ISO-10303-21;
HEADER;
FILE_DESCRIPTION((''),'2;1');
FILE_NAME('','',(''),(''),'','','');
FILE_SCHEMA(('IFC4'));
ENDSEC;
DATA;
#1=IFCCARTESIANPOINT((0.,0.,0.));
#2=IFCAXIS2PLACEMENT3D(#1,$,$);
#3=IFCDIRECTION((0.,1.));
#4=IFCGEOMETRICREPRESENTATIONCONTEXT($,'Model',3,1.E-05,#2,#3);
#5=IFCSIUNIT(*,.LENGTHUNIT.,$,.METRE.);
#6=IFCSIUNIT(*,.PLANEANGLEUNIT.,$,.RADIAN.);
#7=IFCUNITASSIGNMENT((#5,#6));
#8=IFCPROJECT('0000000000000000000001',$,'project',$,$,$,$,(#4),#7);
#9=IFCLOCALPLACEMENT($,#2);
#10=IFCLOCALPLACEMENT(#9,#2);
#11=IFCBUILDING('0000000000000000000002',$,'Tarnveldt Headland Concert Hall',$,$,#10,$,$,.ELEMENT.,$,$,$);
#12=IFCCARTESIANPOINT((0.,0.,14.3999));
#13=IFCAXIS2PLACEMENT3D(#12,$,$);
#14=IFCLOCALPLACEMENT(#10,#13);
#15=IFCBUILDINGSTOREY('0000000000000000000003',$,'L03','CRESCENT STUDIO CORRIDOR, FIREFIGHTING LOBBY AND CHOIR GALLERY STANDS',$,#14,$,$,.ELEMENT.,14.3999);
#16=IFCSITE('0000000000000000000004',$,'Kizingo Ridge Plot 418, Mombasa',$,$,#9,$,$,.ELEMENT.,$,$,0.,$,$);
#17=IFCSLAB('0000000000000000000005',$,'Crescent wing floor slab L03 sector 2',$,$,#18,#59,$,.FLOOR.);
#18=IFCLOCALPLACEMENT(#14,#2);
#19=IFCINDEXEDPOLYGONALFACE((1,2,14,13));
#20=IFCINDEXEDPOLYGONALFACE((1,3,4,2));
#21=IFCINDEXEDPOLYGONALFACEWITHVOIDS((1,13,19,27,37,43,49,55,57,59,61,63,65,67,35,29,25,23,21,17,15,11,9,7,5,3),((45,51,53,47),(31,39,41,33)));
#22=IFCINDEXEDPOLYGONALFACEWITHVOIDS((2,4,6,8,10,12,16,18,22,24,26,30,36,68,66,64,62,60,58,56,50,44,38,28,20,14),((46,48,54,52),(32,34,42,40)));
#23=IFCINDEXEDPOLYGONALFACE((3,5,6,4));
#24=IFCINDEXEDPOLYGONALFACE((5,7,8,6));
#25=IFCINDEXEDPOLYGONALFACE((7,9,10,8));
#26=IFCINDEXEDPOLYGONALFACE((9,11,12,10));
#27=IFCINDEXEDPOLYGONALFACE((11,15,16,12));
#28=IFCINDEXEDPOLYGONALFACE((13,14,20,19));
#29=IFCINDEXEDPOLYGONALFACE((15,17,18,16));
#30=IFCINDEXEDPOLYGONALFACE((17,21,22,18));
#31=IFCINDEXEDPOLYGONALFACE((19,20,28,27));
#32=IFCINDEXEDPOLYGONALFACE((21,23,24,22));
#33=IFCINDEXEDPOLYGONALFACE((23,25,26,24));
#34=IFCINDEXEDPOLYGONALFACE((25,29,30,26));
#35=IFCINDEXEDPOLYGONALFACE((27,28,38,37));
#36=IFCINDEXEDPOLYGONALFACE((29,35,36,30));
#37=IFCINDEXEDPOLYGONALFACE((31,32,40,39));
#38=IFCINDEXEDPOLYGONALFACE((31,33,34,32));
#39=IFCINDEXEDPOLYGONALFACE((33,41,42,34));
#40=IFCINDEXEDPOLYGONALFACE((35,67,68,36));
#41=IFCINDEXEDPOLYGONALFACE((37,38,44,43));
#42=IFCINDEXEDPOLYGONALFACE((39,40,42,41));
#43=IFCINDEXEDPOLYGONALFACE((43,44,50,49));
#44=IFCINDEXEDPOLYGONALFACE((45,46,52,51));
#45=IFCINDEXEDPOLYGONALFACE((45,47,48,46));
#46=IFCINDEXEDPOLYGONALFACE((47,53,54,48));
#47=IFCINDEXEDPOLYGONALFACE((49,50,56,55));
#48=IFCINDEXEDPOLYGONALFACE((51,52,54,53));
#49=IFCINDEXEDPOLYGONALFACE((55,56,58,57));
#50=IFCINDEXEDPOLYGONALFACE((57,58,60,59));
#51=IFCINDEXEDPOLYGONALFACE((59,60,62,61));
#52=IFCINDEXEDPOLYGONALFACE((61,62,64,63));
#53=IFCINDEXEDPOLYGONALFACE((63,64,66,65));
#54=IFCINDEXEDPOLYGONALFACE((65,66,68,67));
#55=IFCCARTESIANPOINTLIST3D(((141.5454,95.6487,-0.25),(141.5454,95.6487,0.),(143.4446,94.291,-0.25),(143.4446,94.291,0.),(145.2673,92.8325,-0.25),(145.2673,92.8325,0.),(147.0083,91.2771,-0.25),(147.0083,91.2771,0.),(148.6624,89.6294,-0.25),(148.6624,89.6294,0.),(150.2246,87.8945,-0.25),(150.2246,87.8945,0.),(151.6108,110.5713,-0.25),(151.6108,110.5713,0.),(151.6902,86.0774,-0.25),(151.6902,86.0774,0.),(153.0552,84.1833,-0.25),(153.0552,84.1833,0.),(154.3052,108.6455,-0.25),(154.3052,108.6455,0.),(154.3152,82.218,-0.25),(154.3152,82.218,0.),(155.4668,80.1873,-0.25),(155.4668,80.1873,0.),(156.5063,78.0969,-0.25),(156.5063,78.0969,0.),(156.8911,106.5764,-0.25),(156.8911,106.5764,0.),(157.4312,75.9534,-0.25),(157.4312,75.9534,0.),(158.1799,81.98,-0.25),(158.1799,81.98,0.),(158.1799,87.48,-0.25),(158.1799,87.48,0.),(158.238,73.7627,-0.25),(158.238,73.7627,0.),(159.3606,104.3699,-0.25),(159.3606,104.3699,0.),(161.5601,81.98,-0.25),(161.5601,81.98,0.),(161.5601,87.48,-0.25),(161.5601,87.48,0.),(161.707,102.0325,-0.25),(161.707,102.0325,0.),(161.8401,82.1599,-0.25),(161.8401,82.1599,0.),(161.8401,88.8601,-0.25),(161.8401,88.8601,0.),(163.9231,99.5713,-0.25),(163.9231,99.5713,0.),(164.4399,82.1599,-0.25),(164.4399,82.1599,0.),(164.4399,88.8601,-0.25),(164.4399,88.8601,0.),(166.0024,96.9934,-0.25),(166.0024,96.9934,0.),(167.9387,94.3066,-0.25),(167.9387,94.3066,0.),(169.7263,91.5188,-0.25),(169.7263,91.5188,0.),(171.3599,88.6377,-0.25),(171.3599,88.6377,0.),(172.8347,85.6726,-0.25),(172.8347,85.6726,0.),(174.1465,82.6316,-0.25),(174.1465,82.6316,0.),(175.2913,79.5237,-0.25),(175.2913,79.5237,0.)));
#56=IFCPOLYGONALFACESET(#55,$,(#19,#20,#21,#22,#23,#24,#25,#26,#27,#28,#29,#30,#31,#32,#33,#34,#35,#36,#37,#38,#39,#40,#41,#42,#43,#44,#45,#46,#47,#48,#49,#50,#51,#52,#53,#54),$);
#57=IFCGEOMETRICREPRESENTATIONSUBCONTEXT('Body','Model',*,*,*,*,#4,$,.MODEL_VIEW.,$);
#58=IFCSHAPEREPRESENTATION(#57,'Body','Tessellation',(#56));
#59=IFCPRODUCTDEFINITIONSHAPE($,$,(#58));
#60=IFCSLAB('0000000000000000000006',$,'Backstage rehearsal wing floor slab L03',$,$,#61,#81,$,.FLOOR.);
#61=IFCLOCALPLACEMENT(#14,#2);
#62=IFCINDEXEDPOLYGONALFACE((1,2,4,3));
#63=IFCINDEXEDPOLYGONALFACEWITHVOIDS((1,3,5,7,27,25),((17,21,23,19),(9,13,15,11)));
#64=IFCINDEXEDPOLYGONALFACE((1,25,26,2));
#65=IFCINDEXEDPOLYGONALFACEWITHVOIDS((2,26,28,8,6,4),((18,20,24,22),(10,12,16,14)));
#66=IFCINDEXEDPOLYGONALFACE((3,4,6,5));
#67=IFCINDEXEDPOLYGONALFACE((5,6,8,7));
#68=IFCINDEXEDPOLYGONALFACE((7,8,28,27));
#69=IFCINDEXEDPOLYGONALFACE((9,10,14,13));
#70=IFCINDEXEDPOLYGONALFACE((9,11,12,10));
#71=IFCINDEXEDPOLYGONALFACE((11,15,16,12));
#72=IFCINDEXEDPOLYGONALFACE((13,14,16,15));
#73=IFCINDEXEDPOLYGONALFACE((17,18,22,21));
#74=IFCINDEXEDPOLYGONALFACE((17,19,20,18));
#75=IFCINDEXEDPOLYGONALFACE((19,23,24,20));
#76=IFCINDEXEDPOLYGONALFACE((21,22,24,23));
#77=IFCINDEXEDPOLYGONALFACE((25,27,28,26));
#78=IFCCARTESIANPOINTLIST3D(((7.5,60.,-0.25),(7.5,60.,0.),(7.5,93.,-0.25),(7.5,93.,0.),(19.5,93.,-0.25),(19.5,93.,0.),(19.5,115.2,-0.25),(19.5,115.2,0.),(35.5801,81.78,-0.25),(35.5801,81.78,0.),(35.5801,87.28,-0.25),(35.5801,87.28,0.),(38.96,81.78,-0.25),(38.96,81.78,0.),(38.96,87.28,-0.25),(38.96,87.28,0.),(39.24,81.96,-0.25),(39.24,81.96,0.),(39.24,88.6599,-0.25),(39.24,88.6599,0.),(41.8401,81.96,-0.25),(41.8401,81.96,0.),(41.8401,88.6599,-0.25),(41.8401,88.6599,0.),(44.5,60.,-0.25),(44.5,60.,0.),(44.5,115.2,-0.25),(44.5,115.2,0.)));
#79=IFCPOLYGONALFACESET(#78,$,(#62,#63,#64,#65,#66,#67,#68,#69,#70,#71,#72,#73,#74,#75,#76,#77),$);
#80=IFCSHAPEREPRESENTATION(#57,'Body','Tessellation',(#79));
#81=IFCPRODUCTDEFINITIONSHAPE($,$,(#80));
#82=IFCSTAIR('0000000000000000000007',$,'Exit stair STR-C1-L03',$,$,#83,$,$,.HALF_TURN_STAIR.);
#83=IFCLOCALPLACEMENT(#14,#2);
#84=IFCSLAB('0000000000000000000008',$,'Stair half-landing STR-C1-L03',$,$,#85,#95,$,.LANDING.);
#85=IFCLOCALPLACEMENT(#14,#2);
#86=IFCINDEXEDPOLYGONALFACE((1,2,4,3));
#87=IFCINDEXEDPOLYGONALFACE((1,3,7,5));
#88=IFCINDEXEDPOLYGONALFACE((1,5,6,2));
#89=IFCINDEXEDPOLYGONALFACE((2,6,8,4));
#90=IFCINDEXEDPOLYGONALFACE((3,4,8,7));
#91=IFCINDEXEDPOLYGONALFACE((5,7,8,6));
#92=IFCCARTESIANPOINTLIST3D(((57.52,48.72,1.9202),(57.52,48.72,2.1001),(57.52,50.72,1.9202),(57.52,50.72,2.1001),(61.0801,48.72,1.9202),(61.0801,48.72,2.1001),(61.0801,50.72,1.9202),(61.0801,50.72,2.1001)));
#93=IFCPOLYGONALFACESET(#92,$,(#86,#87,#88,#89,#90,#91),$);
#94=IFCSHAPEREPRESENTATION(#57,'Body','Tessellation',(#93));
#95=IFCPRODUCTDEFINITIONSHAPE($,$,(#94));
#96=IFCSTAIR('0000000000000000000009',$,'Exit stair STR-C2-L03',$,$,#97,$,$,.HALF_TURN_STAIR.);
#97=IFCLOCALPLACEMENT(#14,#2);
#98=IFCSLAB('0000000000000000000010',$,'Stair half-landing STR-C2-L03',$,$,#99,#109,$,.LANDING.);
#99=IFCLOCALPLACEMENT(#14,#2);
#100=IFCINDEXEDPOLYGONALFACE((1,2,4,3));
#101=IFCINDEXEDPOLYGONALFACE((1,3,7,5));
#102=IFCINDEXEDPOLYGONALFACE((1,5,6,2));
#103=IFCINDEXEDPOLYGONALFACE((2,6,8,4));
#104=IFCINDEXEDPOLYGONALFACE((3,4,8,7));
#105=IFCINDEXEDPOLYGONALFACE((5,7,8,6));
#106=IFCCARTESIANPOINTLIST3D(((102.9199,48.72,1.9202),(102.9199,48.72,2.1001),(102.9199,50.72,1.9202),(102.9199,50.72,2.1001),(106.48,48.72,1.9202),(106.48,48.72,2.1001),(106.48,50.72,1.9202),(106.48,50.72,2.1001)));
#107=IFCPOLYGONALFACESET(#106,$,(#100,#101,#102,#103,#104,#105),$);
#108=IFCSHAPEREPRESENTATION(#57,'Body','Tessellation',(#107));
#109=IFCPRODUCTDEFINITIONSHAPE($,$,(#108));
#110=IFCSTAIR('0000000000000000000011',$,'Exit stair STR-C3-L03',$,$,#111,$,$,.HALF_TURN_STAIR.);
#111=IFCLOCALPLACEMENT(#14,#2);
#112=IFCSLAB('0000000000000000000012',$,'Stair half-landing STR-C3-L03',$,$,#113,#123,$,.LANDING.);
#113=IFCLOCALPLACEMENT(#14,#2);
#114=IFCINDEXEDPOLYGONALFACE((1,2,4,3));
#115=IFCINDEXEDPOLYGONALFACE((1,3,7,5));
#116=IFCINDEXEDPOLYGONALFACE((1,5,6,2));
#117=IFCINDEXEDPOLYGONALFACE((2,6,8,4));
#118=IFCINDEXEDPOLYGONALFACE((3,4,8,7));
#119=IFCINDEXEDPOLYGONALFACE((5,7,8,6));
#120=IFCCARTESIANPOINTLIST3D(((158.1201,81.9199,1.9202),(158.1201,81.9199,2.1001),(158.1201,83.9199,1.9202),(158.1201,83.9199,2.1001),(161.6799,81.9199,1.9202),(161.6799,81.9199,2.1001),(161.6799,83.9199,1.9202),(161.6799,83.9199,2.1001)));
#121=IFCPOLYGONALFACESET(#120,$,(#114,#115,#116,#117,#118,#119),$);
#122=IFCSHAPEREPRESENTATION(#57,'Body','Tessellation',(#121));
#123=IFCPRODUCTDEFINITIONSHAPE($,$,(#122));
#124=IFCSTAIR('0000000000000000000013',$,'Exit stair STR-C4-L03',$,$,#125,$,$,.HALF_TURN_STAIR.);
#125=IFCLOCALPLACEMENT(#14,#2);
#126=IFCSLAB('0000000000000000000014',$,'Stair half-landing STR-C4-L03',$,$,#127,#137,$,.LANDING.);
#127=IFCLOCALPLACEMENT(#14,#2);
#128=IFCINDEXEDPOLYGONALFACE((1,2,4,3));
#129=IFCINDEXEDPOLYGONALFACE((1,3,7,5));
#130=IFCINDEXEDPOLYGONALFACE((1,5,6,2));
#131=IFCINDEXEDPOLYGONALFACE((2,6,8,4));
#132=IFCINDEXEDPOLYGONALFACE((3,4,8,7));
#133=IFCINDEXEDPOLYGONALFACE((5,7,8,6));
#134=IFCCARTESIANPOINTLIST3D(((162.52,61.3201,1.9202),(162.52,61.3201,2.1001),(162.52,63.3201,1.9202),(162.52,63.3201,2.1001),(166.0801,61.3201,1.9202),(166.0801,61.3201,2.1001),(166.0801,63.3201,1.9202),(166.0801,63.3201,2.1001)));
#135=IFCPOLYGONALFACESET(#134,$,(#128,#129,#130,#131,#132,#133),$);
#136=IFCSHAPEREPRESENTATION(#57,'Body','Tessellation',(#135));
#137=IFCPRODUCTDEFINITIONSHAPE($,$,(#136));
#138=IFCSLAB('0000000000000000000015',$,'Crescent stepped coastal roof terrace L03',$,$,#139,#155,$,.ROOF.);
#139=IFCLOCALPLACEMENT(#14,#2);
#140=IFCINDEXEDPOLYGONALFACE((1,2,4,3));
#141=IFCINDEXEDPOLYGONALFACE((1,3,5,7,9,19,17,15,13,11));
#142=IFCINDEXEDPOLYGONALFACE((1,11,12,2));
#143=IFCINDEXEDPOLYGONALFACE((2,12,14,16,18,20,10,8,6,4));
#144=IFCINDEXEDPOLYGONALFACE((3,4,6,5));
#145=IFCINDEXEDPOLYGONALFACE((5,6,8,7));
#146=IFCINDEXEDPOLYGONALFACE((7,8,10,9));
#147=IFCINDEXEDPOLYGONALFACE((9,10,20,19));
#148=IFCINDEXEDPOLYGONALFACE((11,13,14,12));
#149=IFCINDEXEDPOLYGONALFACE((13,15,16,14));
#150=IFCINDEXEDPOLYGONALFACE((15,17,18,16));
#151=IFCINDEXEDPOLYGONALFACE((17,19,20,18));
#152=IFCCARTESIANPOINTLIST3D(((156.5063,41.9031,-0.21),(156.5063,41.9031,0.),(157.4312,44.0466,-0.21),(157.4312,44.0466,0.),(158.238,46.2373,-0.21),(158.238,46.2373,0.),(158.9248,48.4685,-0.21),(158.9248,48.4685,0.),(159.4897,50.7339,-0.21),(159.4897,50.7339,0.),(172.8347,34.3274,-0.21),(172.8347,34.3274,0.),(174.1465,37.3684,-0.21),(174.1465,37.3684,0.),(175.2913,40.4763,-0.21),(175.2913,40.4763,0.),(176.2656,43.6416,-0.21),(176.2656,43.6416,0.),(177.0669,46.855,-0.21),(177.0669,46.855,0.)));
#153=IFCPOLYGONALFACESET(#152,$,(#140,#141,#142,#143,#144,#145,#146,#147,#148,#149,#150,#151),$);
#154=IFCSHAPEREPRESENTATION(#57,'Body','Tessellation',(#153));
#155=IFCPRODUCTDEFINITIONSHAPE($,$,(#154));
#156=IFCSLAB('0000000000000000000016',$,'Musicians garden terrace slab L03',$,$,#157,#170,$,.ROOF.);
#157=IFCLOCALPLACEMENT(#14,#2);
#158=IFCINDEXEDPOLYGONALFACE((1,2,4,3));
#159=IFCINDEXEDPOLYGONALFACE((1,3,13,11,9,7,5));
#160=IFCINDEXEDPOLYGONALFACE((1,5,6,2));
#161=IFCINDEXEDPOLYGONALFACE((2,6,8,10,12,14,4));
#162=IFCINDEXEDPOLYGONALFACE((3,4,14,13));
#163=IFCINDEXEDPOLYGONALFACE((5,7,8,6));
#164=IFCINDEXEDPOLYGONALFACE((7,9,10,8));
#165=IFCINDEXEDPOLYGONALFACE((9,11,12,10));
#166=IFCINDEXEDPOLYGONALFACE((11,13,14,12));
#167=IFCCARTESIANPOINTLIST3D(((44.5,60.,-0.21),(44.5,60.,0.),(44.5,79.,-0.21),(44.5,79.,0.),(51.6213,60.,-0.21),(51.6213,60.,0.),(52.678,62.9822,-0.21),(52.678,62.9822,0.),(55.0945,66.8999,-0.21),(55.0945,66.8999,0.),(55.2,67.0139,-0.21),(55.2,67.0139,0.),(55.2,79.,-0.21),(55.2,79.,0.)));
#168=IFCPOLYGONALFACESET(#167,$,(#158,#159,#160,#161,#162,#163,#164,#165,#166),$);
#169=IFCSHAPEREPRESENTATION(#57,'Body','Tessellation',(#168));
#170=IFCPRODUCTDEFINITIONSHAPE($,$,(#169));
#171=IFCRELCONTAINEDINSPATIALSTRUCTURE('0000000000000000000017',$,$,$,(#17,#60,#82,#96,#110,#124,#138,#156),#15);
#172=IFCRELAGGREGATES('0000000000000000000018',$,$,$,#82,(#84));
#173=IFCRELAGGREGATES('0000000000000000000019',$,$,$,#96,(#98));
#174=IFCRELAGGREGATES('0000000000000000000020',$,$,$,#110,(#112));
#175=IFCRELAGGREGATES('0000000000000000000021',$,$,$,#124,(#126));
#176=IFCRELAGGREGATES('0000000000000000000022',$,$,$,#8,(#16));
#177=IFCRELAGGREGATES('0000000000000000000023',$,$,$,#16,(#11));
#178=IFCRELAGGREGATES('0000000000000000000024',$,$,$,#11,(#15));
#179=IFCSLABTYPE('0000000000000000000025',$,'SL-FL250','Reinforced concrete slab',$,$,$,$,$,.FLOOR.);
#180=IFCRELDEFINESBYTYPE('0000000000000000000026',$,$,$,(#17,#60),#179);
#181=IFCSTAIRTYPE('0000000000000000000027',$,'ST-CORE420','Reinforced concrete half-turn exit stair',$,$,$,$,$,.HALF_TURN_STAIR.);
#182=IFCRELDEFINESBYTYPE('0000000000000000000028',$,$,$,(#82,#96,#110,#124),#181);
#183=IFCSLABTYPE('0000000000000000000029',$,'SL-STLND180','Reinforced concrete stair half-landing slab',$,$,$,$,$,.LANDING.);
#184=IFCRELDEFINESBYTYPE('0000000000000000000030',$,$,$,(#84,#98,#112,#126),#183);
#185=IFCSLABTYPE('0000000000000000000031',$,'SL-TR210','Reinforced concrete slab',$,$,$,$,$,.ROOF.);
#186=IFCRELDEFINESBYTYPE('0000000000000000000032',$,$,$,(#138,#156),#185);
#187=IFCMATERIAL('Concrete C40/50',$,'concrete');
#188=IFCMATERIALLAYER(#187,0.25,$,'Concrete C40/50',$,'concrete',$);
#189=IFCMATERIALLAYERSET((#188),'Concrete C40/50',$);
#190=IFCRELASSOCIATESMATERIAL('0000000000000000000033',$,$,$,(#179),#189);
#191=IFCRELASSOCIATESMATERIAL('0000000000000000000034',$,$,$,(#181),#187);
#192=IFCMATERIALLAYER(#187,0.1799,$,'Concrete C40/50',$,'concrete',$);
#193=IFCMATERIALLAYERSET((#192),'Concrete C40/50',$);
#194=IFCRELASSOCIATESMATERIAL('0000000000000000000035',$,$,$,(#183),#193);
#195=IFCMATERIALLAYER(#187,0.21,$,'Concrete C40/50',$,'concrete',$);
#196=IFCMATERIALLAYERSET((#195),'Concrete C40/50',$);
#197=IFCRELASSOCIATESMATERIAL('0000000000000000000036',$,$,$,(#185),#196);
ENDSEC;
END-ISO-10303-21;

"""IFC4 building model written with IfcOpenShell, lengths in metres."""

from ifc_helpers import new_model, si_unit, direction, frame, origin, place, context, subcontext, project, spatial, polyline, outline, extrude, material, layer, layer_set, type_object, element, aggregate, save


model = new_model("IFC4")

# Units and contexts
model_context = context("Model", 3, precision=1e-05, world=origin(), true_north=direction((0.0, 1.0)))
body_context = subcontext(model_context, "Body", "Model", "MODEL_VIEW")
ifc_project = project(units=[si_unit("LENGTHUNIT", "METRE"), si_unit("PLANEANGLEUNIT", "RADIAN")], contexts=[model_context])

# Site, building, storey
site_placement = place(None, origin())
site = spatial("IfcSite", under=ifc_project, at=site_placement, Name="Kizingo Ridge Plot 418, Mombasa", CompositionType="ELEMENT", RefElevation=0.0)
building_placement = place(site_placement, origin())
building = spatial("IfcBuilding", under=site, at=building_placement, Name="Tarnveldt Headland Concert Hall", CompositionType="ELEMENT")
storey_placement = place(building_placement, frame((0.0, 0.0, 14.3999)))
storey = spatial("IfcBuildingStorey", under=building, at=storey_placement, Name="L03", Description="CRESCENT STUDIO CORRIDOR, FIREFIGHTING LOBBY AND CHOIR GALLERY STANDS", CompositionType="ELEMENT", Elevation=14.3999)

# Slabs
ifc_material_1 = material(Name="Concrete C40/50", Category="concrete")
ifc_layer_1 = layer(ifc_material_1, 0.25, Name="Concrete C40/50", Category="concrete")
ifc_layer_set_1 = layer_set([ifc_layer_1], Name="Concrete C40/50")
slab_type_1 = type_object("IfcSlabType", Name="SL-FL250", Description="Reinforced concrete slab", PredefinedType="FLOOR", material=ifc_layer_set_1)
slab_1_placement = place(storey_placement, frame((0.0, 0.0, -0.25)))
element("IfcSlab", 1, at=slab_1_placement, inside=storey, type_object=slab_type_1, Name="Crescent wing floor slab L03 sector 2", PredefinedType="FLOOR", context=body_context, shape_type="SweptSolid", body=[
    extrude(outline(polyline([(157.4312, 75.9534), (158.238, 73.7627), (175.2913, 79.5237), (174.1465, 82.6316), (172.8347, 85.6726), (171.3599, 88.6377), (169.7263, 91.5188), (167.9387, 94.3066), (166.0024, 96.9934), (163.9231, 99.5713), (161.707, 102.0325), (159.3606, 104.3699), (156.8911, 106.5764), (154.3052, 108.6455), (151.6108, 110.5713), (141.5454, 95.6487), (143.4446, 94.291), (145.2673, 92.8325), (147.0083, 91.2771), (148.6624, 89.6294), (150.2246, 87.8945), (151.6902, 86.0774), (153.0552, 84.1833), (154.3152, 82.218), (155.4668, 80.1873), (156.5063, 78.0969), (157.4312, 75.9534)]), holes=[polyline([(158.1799, 87.48), (161.5601, 87.48), (161.5601, 81.98), (158.1799, 81.98), (158.1799, 87.48)]), polyline([(164.4399, 88.8601), (164.4399, 82.1599), (161.8401, 82.1599), (161.8401, 88.8601), (164.4399, 88.8601)])]), origin(), (0.0, 0.0, 1.0), 0.25),
])
slab_2_placement = place(storey_placement, frame((0.0, 0.0, -0.25)))
element("IfcSlab", 2, at=slab_2_placement, inside=storey, type_object=slab_type_1, Name="Backstage rehearsal wing floor slab L03", PredefinedType="FLOOR", context=body_context, shape_type="SweptSolid", body=[
    extrude(outline(polyline([(19.5, 115.2), (19.5, 93.0), (7.5, 93.0), (7.5, 60.0), (44.5, 60.0), (44.5, 115.2), (19.5, 115.2)]), holes=[polyline([(35.5801, 87.28), (38.96, 87.28), (38.96, 81.78), (35.5801, 81.78), (35.5801, 87.28)]), polyline([(41.8401, 88.6599), (41.8401, 81.96), (39.24, 81.96), (39.24, 88.6599), (41.8401, 88.6599)])]), origin(), (0.0, 0.0, 1.0), 0.25),
])

# Stairs, slabs
stair_type = type_object("IfcStairType", Name="ST-CORE420", Description="Reinforced concrete half-turn exit stair", PredefinedType="HALF_TURN_STAIR", material=ifc_material_1)
stair_1_placement = place(storey_placement, origin())
stair_1 = element("IfcStair", 3, at=stair_1_placement, inside=storey, type_object=stair_type, Name="Exit stair STR-C1-L03", PredefinedType="HALF_TURN_STAIR")
ifc_layer_2 = layer(ifc_material_1, 0.1799, Name="Concrete C40/50", Category="concrete")
ifc_layer_set_2 = layer_set([ifc_layer_2], Name="Concrete C40/50")
slab_type_2 = type_object("IfcSlabType", Name="SL-STLND180", Description="Reinforced concrete stair half-landing slab", PredefinedType="LANDING", material=ifc_layer_set_2)
slab_3_placement = place(storey_placement, frame((0.0, 0.0, 1.9202)))
slab_3 = element("IfcSlab", 4, at=slab_3_placement, type_object=slab_type_2, Name="Stair half-landing STR-C1-L03", PredefinedType="LANDING", context=body_context, shape_type="SweptSolid", body=[
    extrude(outline(polyline([(57.52, 48.72), (61.0801, 48.72), (61.0801, 50.72), (57.52, 50.72), (57.52, 48.72)])), origin(), (0.0, 0.0, 1.0), 0.1799),
])
aggregate(stair_1, [slab_3])
stair_2_placement = place(storey_placement, origin())
stair_2 = element("IfcStair", 5, at=stair_2_placement, inside=storey, type_object=stair_type, Name="Exit stair STR-C2-L03", PredefinedType="HALF_TURN_STAIR")
slab_4_placement = place(storey_placement, frame((0.0, 0.0, 1.9202)))
slab_4 = element("IfcSlab", 6, at=slab_4_placement, type_object=slab_type_2, Name="Stair half-landing STR-C2-L03", PredefinedType="LANDING", context=body_context, shape_type="SweptSolid", body=[
    extrude(outline(polyline([(102.9199, 48.72), (106.48, 48.72), (106.48, 50.72), (102.9199, 50.72), (102.9199, 48.72)])), origin(), (0.0, 0.0, 1.0), 0.1799),
])
aggregate(stair_2, [slab_4])
stair_3_placement = place(storey_placement, origin())
stair_3 = element("IfcStair", 7, at=stair_3_placement, inside=storey, type_object=stair_type, Name="Exit stair STR-C3-L03", PredefinedType="HALF_TURN_STAIR")
slab_5_placement = place(storey_placement, frame((0.0, 0.0, 1.9202)))
slab_5 = element("IfcSlab", 8, at=slab_5_placement, type_object=slab_type_2, Name="Stair half-landing STR-C3-L03", PredefinedType="LANDING", context=body_context, shape_type="SweptSolid", body=[
    extrude(outline(polyline([(158.1201, 81.9199), (161.6799, 81.9199), (161.6799, 83.9199), (158.1201, 83.9199), (158.1201, 81.9199)])), origin(), (0.0, 0.0, 1.0), 0.1799),
])
aggregate(stair_3, [slab_5])
stair_4_placement = place(storey_placement, origin())
stair_4 = element("IfcStair", 9, at=stair_4_placement, inside=storey, type_object=stair_type, Name="Exit stair STR-C4-L03", PredefinedType="HALF_TURN_STAIR")
slab_6_placement = place(storey_placement, frame((0.0, 0.0, 1.9202)))
slab_6 = element("IfcSlab", 10, at=slab_6_placement, type_object=slab_type_2, Name="Stair half-landing STR-C4-L03", PredefinedType="LANDING", context=body_context, shape_type="SweptSolid", body=[
    extrude(outline(polyline([(162.52, 61.3201), (166.0801, 61.3201), (166.0801, 63.3201), (162.52, 63.3201), (162.52, 61.3201)])), origin(), (0.0, 0.0, 1.0), 0.1799),
])
aggregate(stair_4, [slab_6])

# Slabs
ifc_layer_3 = layer(ifc_material_1, 0.21, Name="Concrete C40/50", Category="concrete")
ifc_layer_set_3 = layer_set([ifc_layer_3], Name="Concrete C40/50")
slab_type_3 = type_object("IfcSlabType", Name="SL-TR210", Description="Reinforced concrete slab", PredefinedType="ROOF", material=ifc_layer_set_3)
slab_7_placement = place(storey_placement, frame((0.0, 0.0, -0.21)))
element("IfcSlab", 11, at=slab_7_placement, inside=storey, type_object=slab_type_3, Name="Crescent stepped coastal roof terrace L03", PredefinedType="ROOF", context=body_context, shape_type="SweptSolid", body=[
    extrude(outline(polyline([(172.8347, 34.3274), (174.1465, 37.3684), (175.2913, 40.4763), (176.2656, 43.6416), (177.0669, 46.855), (159.4897, 50.7339), (158.9248, 48.4685), (158.238, 46.2373), (157.4312, 44.0466), (156.5063, 41.9031), (172.8347, 34.3274)])), origin(), (0.0, 0.0, 1.0), 0.21),
])
slab_8_placement = place(storey_placement, frame((0.0, 0.0, -0.21)))
element("IfcSlab", 12, at=slab_8_placement, inside=storey, type_object=slab_type_3, Name="Musicians garden terrace slab L03", PredefinedType="ROOF", context=body_context, shape_type="SweptSolid", body=[
    extrude(outline(polyline([(44.5, 60.0), (51.6213, 60.0), (52.678, 62.9822), (55.0945, 66.8999), (55.2, 67.0139), (55.2, 79.0), (44.5, 79.0), (44.5, 60.0)])), origin(), (0.0, 0.0, 1.0), 0.21),
])

save(model, "model.ifc")
